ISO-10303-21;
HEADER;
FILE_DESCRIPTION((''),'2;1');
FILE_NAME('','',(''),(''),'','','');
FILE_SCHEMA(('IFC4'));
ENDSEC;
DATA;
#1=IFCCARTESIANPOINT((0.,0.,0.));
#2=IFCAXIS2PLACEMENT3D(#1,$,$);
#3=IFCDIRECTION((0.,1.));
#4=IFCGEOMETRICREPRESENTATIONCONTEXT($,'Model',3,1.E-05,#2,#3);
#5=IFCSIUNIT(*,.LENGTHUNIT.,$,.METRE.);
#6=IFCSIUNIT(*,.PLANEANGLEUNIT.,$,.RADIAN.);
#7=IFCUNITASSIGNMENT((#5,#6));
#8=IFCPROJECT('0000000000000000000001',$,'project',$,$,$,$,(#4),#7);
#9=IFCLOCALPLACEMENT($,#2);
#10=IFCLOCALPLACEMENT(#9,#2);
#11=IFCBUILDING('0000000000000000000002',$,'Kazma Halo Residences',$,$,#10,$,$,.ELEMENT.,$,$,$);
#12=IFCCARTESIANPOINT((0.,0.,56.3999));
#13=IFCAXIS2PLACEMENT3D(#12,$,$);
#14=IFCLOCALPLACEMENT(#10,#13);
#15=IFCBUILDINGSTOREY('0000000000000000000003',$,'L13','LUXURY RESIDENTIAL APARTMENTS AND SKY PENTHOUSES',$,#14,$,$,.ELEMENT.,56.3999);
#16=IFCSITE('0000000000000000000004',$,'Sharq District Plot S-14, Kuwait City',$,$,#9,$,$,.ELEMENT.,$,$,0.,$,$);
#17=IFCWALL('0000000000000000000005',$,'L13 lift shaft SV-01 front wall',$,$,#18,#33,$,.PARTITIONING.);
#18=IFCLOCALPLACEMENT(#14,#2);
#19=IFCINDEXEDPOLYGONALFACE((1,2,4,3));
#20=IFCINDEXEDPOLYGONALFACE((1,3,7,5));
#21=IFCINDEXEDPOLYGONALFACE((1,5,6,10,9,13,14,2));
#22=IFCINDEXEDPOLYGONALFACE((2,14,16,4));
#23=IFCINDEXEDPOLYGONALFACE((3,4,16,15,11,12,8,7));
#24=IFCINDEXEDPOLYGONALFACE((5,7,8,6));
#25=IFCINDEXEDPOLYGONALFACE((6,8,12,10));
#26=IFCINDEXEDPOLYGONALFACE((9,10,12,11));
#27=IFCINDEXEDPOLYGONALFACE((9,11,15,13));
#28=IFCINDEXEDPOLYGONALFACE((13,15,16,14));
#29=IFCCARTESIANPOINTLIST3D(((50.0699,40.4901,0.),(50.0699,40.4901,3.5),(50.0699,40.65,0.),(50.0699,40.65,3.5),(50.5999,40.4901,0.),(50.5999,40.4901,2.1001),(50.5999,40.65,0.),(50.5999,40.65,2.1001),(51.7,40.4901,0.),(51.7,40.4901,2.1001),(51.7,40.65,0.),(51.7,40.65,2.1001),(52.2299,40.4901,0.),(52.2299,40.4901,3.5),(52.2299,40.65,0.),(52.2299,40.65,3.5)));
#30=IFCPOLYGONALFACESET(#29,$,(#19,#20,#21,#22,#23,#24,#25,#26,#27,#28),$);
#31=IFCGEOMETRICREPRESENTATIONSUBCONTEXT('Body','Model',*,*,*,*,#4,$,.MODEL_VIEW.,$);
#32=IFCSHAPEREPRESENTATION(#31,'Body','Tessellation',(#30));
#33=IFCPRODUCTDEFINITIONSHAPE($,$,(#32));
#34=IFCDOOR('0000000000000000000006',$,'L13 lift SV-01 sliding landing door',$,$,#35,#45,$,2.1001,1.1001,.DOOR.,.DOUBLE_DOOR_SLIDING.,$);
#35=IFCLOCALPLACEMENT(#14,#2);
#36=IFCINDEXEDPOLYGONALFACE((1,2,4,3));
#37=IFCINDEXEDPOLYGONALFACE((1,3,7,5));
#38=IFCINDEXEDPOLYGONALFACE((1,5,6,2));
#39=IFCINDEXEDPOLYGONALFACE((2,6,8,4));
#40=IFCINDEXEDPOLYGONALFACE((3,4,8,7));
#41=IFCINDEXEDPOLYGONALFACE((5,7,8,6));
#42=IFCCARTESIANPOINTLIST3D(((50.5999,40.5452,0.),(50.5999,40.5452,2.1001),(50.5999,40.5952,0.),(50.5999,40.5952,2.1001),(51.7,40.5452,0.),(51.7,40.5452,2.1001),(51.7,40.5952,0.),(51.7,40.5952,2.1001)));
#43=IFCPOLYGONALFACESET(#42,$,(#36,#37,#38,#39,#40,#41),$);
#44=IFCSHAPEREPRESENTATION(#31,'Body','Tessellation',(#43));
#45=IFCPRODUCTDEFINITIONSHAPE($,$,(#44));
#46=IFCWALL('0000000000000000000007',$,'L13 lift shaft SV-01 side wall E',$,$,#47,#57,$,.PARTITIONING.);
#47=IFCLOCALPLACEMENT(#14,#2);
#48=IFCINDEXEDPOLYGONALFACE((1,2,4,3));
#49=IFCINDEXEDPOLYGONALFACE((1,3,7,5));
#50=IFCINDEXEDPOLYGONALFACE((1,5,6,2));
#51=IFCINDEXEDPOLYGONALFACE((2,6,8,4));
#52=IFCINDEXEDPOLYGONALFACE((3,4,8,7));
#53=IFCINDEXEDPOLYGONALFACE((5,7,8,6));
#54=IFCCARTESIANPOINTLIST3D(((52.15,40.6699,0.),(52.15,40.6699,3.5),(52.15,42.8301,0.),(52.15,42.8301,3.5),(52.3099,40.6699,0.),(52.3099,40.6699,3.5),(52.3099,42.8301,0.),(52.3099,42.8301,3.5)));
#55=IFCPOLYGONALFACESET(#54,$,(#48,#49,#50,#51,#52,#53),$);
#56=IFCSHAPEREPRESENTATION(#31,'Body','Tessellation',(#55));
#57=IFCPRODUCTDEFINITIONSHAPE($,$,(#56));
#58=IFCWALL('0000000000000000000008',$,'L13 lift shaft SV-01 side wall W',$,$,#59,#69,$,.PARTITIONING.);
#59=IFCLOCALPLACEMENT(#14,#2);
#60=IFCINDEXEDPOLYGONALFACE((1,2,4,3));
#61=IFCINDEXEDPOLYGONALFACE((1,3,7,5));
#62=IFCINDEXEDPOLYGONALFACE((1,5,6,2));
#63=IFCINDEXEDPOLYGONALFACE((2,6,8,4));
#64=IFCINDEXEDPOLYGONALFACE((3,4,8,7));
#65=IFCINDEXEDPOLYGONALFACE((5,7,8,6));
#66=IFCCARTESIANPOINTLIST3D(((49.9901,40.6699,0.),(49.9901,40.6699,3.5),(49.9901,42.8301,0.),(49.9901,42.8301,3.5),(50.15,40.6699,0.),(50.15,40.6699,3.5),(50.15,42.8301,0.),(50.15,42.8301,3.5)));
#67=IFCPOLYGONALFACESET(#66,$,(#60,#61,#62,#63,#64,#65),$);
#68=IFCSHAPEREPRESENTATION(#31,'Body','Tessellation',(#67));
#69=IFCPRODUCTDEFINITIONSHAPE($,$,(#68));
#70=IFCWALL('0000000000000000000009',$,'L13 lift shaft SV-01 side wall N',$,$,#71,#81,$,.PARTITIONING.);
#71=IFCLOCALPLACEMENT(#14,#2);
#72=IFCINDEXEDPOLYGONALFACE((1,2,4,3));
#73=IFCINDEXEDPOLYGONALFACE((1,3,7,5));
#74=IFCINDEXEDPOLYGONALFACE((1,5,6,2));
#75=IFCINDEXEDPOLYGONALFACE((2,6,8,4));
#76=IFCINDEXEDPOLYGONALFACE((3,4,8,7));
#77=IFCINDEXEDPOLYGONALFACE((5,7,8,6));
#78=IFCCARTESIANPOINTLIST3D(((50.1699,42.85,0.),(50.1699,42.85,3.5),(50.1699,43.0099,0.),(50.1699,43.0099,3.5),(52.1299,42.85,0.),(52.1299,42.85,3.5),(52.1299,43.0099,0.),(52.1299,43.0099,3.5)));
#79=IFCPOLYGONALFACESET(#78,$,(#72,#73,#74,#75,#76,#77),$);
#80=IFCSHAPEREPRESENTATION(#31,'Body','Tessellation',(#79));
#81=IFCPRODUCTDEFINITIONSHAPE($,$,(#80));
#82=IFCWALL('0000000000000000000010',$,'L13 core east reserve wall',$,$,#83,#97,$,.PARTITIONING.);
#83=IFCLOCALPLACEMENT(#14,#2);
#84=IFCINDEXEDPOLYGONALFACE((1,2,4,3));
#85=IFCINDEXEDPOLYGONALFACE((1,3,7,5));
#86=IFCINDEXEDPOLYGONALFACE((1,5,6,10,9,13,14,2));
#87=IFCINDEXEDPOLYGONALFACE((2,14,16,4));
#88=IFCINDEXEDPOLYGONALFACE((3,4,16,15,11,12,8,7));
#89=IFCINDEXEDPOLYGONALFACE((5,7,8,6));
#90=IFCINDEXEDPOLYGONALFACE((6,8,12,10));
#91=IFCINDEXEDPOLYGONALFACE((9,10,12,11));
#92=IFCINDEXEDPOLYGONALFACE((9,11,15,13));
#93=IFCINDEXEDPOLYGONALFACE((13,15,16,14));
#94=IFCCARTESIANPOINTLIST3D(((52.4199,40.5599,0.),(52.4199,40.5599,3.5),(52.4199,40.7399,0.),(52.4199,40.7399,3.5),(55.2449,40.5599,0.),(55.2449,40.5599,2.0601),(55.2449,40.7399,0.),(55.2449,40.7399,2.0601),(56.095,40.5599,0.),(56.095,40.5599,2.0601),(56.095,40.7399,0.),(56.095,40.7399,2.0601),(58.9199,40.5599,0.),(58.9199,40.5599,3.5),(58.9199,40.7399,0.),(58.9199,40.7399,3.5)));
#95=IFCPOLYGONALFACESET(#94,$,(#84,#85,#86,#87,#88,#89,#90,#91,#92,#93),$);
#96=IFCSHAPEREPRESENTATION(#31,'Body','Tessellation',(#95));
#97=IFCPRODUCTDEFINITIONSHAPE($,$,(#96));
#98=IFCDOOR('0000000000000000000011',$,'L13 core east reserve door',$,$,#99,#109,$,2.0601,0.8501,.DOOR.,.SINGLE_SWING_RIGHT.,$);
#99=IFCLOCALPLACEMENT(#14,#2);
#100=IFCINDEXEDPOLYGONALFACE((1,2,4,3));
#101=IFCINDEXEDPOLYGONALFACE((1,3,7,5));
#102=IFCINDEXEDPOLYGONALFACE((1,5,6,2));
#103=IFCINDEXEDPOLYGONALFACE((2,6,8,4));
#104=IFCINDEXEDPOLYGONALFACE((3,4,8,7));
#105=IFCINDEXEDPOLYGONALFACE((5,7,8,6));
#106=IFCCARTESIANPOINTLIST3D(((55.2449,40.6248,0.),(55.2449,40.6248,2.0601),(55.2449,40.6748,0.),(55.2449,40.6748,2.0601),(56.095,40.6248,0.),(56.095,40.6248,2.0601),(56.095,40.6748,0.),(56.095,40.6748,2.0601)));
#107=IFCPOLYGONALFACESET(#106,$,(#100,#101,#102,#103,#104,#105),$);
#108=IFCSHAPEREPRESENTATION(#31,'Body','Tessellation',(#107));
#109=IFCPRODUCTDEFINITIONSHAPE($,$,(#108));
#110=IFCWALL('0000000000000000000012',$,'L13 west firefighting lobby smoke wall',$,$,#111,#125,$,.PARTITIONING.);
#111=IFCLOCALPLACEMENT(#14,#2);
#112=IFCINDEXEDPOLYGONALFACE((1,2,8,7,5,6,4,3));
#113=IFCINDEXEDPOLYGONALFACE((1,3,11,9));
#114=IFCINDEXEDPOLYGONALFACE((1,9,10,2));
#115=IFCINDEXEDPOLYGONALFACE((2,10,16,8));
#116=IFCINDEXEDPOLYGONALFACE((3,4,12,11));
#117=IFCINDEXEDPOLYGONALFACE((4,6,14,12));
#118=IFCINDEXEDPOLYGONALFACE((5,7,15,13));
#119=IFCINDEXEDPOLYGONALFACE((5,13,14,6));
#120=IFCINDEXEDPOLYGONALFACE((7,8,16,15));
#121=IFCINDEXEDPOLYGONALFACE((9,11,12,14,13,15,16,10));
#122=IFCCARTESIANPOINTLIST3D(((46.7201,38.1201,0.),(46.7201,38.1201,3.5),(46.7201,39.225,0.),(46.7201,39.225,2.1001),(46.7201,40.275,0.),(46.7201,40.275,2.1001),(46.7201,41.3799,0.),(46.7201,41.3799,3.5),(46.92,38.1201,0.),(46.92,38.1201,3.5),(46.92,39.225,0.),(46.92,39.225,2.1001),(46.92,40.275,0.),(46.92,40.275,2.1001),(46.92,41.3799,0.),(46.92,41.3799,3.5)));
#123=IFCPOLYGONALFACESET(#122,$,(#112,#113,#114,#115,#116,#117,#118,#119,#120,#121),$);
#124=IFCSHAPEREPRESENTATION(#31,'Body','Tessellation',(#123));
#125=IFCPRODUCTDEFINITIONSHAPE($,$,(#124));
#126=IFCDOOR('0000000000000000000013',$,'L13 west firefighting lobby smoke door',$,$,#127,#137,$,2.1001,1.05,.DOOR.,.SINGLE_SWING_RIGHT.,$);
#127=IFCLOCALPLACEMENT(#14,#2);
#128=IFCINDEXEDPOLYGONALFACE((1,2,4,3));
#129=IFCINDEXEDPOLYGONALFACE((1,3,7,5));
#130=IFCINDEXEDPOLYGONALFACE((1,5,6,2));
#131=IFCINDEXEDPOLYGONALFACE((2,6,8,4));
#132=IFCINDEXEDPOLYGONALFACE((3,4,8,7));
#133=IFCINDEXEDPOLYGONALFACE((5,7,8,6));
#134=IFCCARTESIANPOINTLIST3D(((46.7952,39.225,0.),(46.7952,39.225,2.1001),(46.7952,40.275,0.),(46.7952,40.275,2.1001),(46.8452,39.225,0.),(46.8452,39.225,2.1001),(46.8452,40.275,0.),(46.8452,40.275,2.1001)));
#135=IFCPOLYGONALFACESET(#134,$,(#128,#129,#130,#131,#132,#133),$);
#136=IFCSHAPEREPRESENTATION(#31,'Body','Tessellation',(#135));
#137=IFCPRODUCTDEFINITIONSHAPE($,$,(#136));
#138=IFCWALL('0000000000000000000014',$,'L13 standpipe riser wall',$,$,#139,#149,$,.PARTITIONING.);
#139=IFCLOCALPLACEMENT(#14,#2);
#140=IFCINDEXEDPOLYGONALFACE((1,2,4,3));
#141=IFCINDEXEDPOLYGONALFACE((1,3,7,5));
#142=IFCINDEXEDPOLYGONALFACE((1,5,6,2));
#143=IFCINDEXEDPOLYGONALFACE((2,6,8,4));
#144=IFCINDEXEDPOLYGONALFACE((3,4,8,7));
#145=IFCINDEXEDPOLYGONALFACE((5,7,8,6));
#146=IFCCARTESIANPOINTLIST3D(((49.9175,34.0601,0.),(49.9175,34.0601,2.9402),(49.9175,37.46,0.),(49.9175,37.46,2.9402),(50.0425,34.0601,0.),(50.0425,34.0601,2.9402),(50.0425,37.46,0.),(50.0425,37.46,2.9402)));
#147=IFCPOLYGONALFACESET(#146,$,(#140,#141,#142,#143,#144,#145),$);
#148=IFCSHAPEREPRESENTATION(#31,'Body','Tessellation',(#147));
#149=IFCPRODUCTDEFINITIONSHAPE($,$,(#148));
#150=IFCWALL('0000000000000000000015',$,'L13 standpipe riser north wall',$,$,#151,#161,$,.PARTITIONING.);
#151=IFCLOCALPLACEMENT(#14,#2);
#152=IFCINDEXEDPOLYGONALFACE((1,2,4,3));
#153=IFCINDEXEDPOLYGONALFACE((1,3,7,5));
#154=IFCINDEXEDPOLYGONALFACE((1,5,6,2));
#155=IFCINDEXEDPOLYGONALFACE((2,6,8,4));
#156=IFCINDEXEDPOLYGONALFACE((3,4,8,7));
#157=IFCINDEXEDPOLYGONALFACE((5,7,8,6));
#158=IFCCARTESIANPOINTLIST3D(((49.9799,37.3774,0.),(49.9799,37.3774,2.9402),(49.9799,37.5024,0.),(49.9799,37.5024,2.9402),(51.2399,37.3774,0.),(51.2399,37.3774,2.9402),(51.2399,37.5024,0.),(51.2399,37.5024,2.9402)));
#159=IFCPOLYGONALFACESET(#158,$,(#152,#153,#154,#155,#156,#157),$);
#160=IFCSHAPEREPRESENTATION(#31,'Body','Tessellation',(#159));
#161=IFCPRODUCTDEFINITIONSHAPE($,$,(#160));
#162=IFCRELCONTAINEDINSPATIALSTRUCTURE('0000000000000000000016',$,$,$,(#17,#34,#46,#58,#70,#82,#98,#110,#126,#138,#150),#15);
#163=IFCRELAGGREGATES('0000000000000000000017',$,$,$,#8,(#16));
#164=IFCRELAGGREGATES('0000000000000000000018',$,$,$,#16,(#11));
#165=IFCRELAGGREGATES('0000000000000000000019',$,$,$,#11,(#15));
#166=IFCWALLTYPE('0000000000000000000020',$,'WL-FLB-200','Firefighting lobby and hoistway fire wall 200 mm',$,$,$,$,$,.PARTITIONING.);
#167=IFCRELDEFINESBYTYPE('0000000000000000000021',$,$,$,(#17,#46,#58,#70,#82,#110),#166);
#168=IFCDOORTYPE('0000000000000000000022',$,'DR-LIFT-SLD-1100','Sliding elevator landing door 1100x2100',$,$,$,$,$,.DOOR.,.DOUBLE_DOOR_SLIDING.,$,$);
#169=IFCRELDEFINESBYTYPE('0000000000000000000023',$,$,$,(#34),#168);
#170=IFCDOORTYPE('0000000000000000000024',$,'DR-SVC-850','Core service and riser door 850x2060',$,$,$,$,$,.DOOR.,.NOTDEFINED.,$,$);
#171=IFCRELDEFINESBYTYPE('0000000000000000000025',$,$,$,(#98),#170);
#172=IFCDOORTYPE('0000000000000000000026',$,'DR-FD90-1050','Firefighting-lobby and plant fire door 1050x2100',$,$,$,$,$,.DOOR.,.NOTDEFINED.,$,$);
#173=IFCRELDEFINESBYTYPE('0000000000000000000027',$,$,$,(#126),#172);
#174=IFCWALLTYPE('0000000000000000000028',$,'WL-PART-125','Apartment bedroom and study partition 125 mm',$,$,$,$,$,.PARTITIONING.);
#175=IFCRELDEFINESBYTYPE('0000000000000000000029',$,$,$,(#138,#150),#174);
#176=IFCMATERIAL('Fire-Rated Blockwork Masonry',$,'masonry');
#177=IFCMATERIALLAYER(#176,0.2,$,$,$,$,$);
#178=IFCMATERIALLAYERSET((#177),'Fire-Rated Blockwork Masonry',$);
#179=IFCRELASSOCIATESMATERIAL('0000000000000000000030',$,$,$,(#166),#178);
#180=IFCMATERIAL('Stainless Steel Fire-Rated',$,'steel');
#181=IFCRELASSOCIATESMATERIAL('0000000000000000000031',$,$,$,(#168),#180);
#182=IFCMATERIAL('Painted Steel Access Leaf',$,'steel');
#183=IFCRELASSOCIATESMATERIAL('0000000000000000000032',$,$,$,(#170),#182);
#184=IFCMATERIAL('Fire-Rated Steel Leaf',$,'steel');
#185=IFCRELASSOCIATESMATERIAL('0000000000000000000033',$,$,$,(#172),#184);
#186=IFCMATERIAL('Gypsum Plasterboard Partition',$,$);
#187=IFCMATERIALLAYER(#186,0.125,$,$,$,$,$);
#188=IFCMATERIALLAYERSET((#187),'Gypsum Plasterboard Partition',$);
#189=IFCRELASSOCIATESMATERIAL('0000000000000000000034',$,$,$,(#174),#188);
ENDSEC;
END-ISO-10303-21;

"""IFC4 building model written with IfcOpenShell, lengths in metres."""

from ifc_helpers import new_model, si_unit, direction, frame, frame_2d, origin, place, context, subcontext, project, spatial, rectangle, extrude, material, layer, layer_set, type_object, element, fill, save


model = new_model("IFC4")

# Units and contexts
model_context = context("Model", 3, precision=1e-05, world=origin(), true_north=direction((0.0, 1.0)))
body_context = subcontext(model_context, "Body", "Model", "MODEL_VIEW")
ifc_project = project(units=[si_unit("LENGTHUNIT", "METRE"), si_unit("PLANEANGLEUNIT", "RADIAN")], contexts=[model_context])

# Site, building, storey
site_placement = place(None, origin())
site = spatial("IfcSite", under=ifc_project, at=site_placement, Name="Sharq District Plot S-14, Kuwait City", CompositionType="ELEMENT", RefElevation=0.0)
building_placement = place(site_placement, origin())
building = spatial("IfcBuilding", under=site, at=building_placement, Name="Kazma Halo Residences", CompositionType="ELEMENT")
storey_placement = place(building_placement, frame((0.0, 0.0, 56.3999)))
storey = spatial("IfcBuildingStorey", under=building, at=storey_placement, Name="L13", Description="LUXURY RESIDENTIAL APARTMENTS AND SKY PENTHOUSES", CompositionType="ELEMENT", Elevation=56.3999)

# Wall, opening, door
ifc_material_1 = material(Name="Fire-Rated Blockwork Masonry", Category="masonry")
ifc_layer_1 = layer(ifc_material_1, 0.2)
ifc_layer_set_1 = layer_set([ifc_layer_1], Name="Fire-Rated Blockwork Masonry")
wall_type_1 = type_object("IfcWallType", Name="WL-FLB-200", Description="Firefighting lobby and hoistway fire wall 200 mm", PredefinedType="PARTITIONING", material=ifc_layer_set_1)
wall_1_placement = place(storey_placement, frame((52.23, 40.5701, 0.0), z_axis=(0.0, 0.0, 1.0), x_axis=(-1.0, 0.0, 0.0)))
wall_1 = element("IfcWall", 1, at=wall_1_placement, inside=storey, type_object=wall_type_1, Name="L13 lift shaft SV-01 front wall", PredefinedType="PARTITIONING", context=body_context, shape_type="SweptSolid", body=[
    extrude(rectangle(XDim=2.1599, YDim=0.1599, at=frame_2d((1.0801, 0.0))), origin(), (0.0, 0.0, 1.0), 3.5),
])
opening_1_placement = place(wall_1_placement, frame((0.53, 0.0, 0.0)))
opening_1 = element("IfcOpeningElement", 2, at=opening_1_placement, cuts=wall_1, PredefinedType="OPENING", context=body_context, shape_type="SweptSolid", body=[
    extrude(rectangle(XDim=1.1001, YDim=2.1001, at=frame_2d((0.55, 1.05))), frame((0.0, 0.0898, 0.0), z_axis=(0.0, -1.0, 0.0), x_axis=(1.0, 0.0, 0.0)), (0.0, 0.0, 1.0), 0.1799),
])
ifc_material_2 = material(Name="Stainless Steel Fire-Rated", Category="steel")
door_type_1 = type_object("IfcDoorType", Name="DR-LIFT-SLD-1100", Description="Sliding elevator landing door 1100x2100", OperationType="DOUBLE_DOOR_SLIDING", PredefinedType="DOOR", material=ifc_material_2)
door_1_placement = place(opening_1_placement, origin())
door_1 = element("IfcDoor", 3, at=door_1_placement, inside=storey, type_object=door_type_1, Name="L13 lift SV-01 sliding landing door", OperationType="DOUBLE_DOOR_SLIDING", OverallHeight=2.1001, OverallWidth=1.1001, PredefinedType="DOOR", context=body_context, shape_type="SweptSolid", body=[
    extrude(rectangle(XDim=1.1001, YDim=2.1001, at=frame_2d((0.55, 1.05))), frame((0.0, 0.0249, 0.0), z_axis=(0.0, -1.0, 0.0), x_axis=(1.0, 0.0, 0.0)), (0.0, 0.0, 1.0), 0.05),
])
fill(opening_1, door_1)

# Walls
for number, where, z_axis, x_axis, name in (
    (4, (52.23, 40.6699, 0.0), (0.0, 0.0, 1.0), (0.0, 1.0, 0.0), "L13 lift shaft SV-01 side wall E"),
    (5, (50.0701, 40.6699, 0.0), (0.0, 0.0, 1.0), (0.0, 1.0, 0.0), "L13 lift shaft SV-01 side wall W"),
):
    element("IfcWall", number, at=place(storey_placement, frame(where, z_axis=z_axis, x_axis=x_axis)), inside=storey, type_object=wall_type_1, Name=name, PredefinedType="PARTITIONING", context=body_context, shape_type="SweptSolid", body=[
        extrude(rectangle(XDim=2.1602, YDim=0.1599, at=frame_2d((1.0801, 0.0))), origin(), (0.0, 0.0, 1.0), 3.5),
    ])
wall_2_placement = place(storey_placement, frame((50.1699, 42.9299, 0.0), z_axis=(0.0, 0.0, 1.0), x_axis=(1.0, 0.0, 0.0)))
element("IfcWall", 6, at=wall_2_placement, inside=storey, type_object=wall_type_1, Name="L13 lift shaft SV-01 side wall N", PredefinedType="PARTITIONING", context=body_context, shape_type="SweptSolid", body=[
    extrude(rectangle(XDim=1.96, YDim=0.1599, at=frame_2d((0.98, 0.0))), origin(), (0.0, 0.0, 1.0), 3.5),
])

# Walls, openings, doors
wall_3_placement = place(storey_placement, frame((52.4199, 40.6499, 0.0), z_axis=(0.0, 0.0, 1.0), x_axis=(1.0, 0.0, 0.0)))
wall_3 = element("IfcWall", 7, at=wall_3_placement, inside=storey, type_object=wall_type_1, Name="L13 core east reserve wall", PredefinedType="PARTITIONING", context=body_context, shape_type="SweptSolid", body=[
    extrude(rectangle(XDim=6.5, YDim=0.1799, at=frame_2d((3.25, 0.0))), origin(), (0.0, 0.0, 1.0), 3.5),
])
opening_2_placement = place(wall_3_placement, frame((2.825, 0.0, 0.0)))
opening_2 = element("IfcOpeningElement", 8, at=opening_2_placement, cuts=wall_3, PredefinedType="OPENING", context=body_context, shape_type="SweptSolid", body=[
    extrude(rectangle(XDim=0.8501, YDim=2.0601, at=frame_2d((0.425, 1.03))), frame((0.0, 0.0999, 0.0), z_axis=(0.0, -1.0, 0.0), x_axis=(1.0, 0.0, 0.0)), (0.0, 0.0, 1.0), 0.2),
])
ifc_material_3 = material(Name="Painted Steel Access Leaf", Category="steel")
door_type_2 = type_object("IfcDoorType", Name="DR-SVC-850", Description="Core service and riser door 850x2060", OperationType="NOTDEFINED", PredefinedType="DOOR", material=ifc_material_3)
door_2_placement = place(opening_2_placement, origin())
door_2 = element("IfcDoor", 9, at=door_2_placement, inside=storey, type_object=door_type_2, Name="L13 core east reserve door", OperationType="SINGLE_SWING_RIGHT", OverallHeight=2.0601, OverallWidth=0.8501, PredefinedType="DOOR", context=body_context, shape_type="SweptSolid", body=[
    extrude(rectangle(XDim=0.8501, YDim=2.0601, at=frame_2d((0.425, 1.03))), frame((0.0, 0.0249, 0.0), z_axis=(0.0, -1.0, 0.0), x_axis=(1.0, 0.0, 0.0)), (0.0, 0.0, 1.0), 0.05),
])
fill(opening_2, door_2)
wall_4_placement = place(storey_placement, frame((46.8201, 38.1201, 0.0), z_axis=(0.0, 0.0, 1.0), x_axis=(0.0, 1.0, 0.0)))
wall_4 = element("IfcWall", 10, at=wall_4_placement, inside=storey, type_object=wall_type_1, Name="L13 west firefighting lobby smoke wall", PredefinedType="PARTITIONING", context=body_context, shape_type="SweptSolid", body=[
    extrude(rectangle(XDim=3.2598, YDim=0.2, at=frame_2d((1.6299, 0.0))), origin(), (0.0, 0.0, 1.0), 3.5),
])
opening_3_placement = place(wall_4_placement, frame((1.105, 0.0, 0.0)))
opening_3 = element("IfcOpeningElement", 11, at=opening_3_placement, cuts=wall_4, PredefinedType="OPENING", context=body_context, shape_type="SweptSolid", body=[
    extrude(rectangle(XDim=1.05, YDim=2.1001, at=frame_2d((0.5249, 1.05))), frame((0.0, 0.1099, 0.0), z_axis=(0.0, -1.0, 0.0), x_axis=(1.0, 0.0, 0.0)), (0.0, 0.0, 1.0), 0.22),
])
ifc_material_4 = material(Name="Fire-Rated Steel Leaf", Category="steel")
door_type_3 = type_object("IfcDoorType", Name="DR-FD90-1050", Description="Firefighting-lobby and plant fire door 1050x2100", OperationType="NOTDEFINED", PredefinedType="DOOR", material=ifc_material_4)
door_3_placement = place(opening_3_placement, origin())
door_3 = element("IfcDoor", 12, at=door_3_placement, inside=storey, type_object=door_type_3, Name="L13 west firefighting lobby smoke door", OperationType="SINGLE_SWING_RIGHT", OverallHeight=2.1001, OverallWidth=1.05, PredefinedType="DOOR", context=body_context, shape_type="SweptSolid", body=[
    extrude(rectangle(XDim=1.05, YDim=2.1001, at=frame_2d((0.5249, 1.05))), frame((0.0, 0.0249, 0.0), z_axis=(0.0, -1.0, 0.0), x_axis=(1.0, 0.0, 0.0)), (0.0, 0.0, 1.0), 0.05),
])
fill(opening_3, door_3)

# Walls
ifc_material_5 = material(Name="Gypsum Plasterboard Partition")
ifc_layer_2 = layer(ifc_material_5, 0.125)
ifc_layer_set_2 = layer_set([ifc_layer_2], Name="Gypsum Plasterboard Partition")
wall_type_2 = type_object("IfcWallType", Name="WL-PART-125", Description="Apartment bedroom and study partition 125 mm", PredefinedType="PARTITIONING", material=ifc_layer_set_2)
wall_5_placement = place(storey_placement, frame((49.98, 34.0601, 0.0), z_axis=(0.0, 0.0, 1.0), x_axis=(0.0, 1.0, 0.0)))
element("IfcWall", 13, at=wall_5_placement, inside=storey, type_object=wall_type_2, Name="L13 standpipe riser wall", PredefinedType="PARTITIONING", context=body_context, shape_type="SweptSolid", body=[
    extrude(rectangle(XDim=3.3999, YDim=0.125, at=frame_2d((1.7, 0.0))), origin(), (0.0, 0.0, 1.0), 2.9402),
])
wall_6_placement = place(storey_placement, frame((49.98, 37.4399, 0.0), z_axis=(0.0, 0.0, 1.0), x_axis=(1.0, 0.0, 0.0)))
element("IfcWall", 14, at=wall_6_placement, inside=storey, type_object=wall_type_2, Name="L13 standpipe riser north wall", PredefinedType="PARTITIONING", context=body_context, shape_type="SweptSolid", body=[
    extrude(rectangle(XDim=1.26, YDim=0.125, at=frame_2d((0.6299, 0.0))), origin(), (0.0, 0.0, 1.0), 2.9402),
])

save(model, "model.ifc")
